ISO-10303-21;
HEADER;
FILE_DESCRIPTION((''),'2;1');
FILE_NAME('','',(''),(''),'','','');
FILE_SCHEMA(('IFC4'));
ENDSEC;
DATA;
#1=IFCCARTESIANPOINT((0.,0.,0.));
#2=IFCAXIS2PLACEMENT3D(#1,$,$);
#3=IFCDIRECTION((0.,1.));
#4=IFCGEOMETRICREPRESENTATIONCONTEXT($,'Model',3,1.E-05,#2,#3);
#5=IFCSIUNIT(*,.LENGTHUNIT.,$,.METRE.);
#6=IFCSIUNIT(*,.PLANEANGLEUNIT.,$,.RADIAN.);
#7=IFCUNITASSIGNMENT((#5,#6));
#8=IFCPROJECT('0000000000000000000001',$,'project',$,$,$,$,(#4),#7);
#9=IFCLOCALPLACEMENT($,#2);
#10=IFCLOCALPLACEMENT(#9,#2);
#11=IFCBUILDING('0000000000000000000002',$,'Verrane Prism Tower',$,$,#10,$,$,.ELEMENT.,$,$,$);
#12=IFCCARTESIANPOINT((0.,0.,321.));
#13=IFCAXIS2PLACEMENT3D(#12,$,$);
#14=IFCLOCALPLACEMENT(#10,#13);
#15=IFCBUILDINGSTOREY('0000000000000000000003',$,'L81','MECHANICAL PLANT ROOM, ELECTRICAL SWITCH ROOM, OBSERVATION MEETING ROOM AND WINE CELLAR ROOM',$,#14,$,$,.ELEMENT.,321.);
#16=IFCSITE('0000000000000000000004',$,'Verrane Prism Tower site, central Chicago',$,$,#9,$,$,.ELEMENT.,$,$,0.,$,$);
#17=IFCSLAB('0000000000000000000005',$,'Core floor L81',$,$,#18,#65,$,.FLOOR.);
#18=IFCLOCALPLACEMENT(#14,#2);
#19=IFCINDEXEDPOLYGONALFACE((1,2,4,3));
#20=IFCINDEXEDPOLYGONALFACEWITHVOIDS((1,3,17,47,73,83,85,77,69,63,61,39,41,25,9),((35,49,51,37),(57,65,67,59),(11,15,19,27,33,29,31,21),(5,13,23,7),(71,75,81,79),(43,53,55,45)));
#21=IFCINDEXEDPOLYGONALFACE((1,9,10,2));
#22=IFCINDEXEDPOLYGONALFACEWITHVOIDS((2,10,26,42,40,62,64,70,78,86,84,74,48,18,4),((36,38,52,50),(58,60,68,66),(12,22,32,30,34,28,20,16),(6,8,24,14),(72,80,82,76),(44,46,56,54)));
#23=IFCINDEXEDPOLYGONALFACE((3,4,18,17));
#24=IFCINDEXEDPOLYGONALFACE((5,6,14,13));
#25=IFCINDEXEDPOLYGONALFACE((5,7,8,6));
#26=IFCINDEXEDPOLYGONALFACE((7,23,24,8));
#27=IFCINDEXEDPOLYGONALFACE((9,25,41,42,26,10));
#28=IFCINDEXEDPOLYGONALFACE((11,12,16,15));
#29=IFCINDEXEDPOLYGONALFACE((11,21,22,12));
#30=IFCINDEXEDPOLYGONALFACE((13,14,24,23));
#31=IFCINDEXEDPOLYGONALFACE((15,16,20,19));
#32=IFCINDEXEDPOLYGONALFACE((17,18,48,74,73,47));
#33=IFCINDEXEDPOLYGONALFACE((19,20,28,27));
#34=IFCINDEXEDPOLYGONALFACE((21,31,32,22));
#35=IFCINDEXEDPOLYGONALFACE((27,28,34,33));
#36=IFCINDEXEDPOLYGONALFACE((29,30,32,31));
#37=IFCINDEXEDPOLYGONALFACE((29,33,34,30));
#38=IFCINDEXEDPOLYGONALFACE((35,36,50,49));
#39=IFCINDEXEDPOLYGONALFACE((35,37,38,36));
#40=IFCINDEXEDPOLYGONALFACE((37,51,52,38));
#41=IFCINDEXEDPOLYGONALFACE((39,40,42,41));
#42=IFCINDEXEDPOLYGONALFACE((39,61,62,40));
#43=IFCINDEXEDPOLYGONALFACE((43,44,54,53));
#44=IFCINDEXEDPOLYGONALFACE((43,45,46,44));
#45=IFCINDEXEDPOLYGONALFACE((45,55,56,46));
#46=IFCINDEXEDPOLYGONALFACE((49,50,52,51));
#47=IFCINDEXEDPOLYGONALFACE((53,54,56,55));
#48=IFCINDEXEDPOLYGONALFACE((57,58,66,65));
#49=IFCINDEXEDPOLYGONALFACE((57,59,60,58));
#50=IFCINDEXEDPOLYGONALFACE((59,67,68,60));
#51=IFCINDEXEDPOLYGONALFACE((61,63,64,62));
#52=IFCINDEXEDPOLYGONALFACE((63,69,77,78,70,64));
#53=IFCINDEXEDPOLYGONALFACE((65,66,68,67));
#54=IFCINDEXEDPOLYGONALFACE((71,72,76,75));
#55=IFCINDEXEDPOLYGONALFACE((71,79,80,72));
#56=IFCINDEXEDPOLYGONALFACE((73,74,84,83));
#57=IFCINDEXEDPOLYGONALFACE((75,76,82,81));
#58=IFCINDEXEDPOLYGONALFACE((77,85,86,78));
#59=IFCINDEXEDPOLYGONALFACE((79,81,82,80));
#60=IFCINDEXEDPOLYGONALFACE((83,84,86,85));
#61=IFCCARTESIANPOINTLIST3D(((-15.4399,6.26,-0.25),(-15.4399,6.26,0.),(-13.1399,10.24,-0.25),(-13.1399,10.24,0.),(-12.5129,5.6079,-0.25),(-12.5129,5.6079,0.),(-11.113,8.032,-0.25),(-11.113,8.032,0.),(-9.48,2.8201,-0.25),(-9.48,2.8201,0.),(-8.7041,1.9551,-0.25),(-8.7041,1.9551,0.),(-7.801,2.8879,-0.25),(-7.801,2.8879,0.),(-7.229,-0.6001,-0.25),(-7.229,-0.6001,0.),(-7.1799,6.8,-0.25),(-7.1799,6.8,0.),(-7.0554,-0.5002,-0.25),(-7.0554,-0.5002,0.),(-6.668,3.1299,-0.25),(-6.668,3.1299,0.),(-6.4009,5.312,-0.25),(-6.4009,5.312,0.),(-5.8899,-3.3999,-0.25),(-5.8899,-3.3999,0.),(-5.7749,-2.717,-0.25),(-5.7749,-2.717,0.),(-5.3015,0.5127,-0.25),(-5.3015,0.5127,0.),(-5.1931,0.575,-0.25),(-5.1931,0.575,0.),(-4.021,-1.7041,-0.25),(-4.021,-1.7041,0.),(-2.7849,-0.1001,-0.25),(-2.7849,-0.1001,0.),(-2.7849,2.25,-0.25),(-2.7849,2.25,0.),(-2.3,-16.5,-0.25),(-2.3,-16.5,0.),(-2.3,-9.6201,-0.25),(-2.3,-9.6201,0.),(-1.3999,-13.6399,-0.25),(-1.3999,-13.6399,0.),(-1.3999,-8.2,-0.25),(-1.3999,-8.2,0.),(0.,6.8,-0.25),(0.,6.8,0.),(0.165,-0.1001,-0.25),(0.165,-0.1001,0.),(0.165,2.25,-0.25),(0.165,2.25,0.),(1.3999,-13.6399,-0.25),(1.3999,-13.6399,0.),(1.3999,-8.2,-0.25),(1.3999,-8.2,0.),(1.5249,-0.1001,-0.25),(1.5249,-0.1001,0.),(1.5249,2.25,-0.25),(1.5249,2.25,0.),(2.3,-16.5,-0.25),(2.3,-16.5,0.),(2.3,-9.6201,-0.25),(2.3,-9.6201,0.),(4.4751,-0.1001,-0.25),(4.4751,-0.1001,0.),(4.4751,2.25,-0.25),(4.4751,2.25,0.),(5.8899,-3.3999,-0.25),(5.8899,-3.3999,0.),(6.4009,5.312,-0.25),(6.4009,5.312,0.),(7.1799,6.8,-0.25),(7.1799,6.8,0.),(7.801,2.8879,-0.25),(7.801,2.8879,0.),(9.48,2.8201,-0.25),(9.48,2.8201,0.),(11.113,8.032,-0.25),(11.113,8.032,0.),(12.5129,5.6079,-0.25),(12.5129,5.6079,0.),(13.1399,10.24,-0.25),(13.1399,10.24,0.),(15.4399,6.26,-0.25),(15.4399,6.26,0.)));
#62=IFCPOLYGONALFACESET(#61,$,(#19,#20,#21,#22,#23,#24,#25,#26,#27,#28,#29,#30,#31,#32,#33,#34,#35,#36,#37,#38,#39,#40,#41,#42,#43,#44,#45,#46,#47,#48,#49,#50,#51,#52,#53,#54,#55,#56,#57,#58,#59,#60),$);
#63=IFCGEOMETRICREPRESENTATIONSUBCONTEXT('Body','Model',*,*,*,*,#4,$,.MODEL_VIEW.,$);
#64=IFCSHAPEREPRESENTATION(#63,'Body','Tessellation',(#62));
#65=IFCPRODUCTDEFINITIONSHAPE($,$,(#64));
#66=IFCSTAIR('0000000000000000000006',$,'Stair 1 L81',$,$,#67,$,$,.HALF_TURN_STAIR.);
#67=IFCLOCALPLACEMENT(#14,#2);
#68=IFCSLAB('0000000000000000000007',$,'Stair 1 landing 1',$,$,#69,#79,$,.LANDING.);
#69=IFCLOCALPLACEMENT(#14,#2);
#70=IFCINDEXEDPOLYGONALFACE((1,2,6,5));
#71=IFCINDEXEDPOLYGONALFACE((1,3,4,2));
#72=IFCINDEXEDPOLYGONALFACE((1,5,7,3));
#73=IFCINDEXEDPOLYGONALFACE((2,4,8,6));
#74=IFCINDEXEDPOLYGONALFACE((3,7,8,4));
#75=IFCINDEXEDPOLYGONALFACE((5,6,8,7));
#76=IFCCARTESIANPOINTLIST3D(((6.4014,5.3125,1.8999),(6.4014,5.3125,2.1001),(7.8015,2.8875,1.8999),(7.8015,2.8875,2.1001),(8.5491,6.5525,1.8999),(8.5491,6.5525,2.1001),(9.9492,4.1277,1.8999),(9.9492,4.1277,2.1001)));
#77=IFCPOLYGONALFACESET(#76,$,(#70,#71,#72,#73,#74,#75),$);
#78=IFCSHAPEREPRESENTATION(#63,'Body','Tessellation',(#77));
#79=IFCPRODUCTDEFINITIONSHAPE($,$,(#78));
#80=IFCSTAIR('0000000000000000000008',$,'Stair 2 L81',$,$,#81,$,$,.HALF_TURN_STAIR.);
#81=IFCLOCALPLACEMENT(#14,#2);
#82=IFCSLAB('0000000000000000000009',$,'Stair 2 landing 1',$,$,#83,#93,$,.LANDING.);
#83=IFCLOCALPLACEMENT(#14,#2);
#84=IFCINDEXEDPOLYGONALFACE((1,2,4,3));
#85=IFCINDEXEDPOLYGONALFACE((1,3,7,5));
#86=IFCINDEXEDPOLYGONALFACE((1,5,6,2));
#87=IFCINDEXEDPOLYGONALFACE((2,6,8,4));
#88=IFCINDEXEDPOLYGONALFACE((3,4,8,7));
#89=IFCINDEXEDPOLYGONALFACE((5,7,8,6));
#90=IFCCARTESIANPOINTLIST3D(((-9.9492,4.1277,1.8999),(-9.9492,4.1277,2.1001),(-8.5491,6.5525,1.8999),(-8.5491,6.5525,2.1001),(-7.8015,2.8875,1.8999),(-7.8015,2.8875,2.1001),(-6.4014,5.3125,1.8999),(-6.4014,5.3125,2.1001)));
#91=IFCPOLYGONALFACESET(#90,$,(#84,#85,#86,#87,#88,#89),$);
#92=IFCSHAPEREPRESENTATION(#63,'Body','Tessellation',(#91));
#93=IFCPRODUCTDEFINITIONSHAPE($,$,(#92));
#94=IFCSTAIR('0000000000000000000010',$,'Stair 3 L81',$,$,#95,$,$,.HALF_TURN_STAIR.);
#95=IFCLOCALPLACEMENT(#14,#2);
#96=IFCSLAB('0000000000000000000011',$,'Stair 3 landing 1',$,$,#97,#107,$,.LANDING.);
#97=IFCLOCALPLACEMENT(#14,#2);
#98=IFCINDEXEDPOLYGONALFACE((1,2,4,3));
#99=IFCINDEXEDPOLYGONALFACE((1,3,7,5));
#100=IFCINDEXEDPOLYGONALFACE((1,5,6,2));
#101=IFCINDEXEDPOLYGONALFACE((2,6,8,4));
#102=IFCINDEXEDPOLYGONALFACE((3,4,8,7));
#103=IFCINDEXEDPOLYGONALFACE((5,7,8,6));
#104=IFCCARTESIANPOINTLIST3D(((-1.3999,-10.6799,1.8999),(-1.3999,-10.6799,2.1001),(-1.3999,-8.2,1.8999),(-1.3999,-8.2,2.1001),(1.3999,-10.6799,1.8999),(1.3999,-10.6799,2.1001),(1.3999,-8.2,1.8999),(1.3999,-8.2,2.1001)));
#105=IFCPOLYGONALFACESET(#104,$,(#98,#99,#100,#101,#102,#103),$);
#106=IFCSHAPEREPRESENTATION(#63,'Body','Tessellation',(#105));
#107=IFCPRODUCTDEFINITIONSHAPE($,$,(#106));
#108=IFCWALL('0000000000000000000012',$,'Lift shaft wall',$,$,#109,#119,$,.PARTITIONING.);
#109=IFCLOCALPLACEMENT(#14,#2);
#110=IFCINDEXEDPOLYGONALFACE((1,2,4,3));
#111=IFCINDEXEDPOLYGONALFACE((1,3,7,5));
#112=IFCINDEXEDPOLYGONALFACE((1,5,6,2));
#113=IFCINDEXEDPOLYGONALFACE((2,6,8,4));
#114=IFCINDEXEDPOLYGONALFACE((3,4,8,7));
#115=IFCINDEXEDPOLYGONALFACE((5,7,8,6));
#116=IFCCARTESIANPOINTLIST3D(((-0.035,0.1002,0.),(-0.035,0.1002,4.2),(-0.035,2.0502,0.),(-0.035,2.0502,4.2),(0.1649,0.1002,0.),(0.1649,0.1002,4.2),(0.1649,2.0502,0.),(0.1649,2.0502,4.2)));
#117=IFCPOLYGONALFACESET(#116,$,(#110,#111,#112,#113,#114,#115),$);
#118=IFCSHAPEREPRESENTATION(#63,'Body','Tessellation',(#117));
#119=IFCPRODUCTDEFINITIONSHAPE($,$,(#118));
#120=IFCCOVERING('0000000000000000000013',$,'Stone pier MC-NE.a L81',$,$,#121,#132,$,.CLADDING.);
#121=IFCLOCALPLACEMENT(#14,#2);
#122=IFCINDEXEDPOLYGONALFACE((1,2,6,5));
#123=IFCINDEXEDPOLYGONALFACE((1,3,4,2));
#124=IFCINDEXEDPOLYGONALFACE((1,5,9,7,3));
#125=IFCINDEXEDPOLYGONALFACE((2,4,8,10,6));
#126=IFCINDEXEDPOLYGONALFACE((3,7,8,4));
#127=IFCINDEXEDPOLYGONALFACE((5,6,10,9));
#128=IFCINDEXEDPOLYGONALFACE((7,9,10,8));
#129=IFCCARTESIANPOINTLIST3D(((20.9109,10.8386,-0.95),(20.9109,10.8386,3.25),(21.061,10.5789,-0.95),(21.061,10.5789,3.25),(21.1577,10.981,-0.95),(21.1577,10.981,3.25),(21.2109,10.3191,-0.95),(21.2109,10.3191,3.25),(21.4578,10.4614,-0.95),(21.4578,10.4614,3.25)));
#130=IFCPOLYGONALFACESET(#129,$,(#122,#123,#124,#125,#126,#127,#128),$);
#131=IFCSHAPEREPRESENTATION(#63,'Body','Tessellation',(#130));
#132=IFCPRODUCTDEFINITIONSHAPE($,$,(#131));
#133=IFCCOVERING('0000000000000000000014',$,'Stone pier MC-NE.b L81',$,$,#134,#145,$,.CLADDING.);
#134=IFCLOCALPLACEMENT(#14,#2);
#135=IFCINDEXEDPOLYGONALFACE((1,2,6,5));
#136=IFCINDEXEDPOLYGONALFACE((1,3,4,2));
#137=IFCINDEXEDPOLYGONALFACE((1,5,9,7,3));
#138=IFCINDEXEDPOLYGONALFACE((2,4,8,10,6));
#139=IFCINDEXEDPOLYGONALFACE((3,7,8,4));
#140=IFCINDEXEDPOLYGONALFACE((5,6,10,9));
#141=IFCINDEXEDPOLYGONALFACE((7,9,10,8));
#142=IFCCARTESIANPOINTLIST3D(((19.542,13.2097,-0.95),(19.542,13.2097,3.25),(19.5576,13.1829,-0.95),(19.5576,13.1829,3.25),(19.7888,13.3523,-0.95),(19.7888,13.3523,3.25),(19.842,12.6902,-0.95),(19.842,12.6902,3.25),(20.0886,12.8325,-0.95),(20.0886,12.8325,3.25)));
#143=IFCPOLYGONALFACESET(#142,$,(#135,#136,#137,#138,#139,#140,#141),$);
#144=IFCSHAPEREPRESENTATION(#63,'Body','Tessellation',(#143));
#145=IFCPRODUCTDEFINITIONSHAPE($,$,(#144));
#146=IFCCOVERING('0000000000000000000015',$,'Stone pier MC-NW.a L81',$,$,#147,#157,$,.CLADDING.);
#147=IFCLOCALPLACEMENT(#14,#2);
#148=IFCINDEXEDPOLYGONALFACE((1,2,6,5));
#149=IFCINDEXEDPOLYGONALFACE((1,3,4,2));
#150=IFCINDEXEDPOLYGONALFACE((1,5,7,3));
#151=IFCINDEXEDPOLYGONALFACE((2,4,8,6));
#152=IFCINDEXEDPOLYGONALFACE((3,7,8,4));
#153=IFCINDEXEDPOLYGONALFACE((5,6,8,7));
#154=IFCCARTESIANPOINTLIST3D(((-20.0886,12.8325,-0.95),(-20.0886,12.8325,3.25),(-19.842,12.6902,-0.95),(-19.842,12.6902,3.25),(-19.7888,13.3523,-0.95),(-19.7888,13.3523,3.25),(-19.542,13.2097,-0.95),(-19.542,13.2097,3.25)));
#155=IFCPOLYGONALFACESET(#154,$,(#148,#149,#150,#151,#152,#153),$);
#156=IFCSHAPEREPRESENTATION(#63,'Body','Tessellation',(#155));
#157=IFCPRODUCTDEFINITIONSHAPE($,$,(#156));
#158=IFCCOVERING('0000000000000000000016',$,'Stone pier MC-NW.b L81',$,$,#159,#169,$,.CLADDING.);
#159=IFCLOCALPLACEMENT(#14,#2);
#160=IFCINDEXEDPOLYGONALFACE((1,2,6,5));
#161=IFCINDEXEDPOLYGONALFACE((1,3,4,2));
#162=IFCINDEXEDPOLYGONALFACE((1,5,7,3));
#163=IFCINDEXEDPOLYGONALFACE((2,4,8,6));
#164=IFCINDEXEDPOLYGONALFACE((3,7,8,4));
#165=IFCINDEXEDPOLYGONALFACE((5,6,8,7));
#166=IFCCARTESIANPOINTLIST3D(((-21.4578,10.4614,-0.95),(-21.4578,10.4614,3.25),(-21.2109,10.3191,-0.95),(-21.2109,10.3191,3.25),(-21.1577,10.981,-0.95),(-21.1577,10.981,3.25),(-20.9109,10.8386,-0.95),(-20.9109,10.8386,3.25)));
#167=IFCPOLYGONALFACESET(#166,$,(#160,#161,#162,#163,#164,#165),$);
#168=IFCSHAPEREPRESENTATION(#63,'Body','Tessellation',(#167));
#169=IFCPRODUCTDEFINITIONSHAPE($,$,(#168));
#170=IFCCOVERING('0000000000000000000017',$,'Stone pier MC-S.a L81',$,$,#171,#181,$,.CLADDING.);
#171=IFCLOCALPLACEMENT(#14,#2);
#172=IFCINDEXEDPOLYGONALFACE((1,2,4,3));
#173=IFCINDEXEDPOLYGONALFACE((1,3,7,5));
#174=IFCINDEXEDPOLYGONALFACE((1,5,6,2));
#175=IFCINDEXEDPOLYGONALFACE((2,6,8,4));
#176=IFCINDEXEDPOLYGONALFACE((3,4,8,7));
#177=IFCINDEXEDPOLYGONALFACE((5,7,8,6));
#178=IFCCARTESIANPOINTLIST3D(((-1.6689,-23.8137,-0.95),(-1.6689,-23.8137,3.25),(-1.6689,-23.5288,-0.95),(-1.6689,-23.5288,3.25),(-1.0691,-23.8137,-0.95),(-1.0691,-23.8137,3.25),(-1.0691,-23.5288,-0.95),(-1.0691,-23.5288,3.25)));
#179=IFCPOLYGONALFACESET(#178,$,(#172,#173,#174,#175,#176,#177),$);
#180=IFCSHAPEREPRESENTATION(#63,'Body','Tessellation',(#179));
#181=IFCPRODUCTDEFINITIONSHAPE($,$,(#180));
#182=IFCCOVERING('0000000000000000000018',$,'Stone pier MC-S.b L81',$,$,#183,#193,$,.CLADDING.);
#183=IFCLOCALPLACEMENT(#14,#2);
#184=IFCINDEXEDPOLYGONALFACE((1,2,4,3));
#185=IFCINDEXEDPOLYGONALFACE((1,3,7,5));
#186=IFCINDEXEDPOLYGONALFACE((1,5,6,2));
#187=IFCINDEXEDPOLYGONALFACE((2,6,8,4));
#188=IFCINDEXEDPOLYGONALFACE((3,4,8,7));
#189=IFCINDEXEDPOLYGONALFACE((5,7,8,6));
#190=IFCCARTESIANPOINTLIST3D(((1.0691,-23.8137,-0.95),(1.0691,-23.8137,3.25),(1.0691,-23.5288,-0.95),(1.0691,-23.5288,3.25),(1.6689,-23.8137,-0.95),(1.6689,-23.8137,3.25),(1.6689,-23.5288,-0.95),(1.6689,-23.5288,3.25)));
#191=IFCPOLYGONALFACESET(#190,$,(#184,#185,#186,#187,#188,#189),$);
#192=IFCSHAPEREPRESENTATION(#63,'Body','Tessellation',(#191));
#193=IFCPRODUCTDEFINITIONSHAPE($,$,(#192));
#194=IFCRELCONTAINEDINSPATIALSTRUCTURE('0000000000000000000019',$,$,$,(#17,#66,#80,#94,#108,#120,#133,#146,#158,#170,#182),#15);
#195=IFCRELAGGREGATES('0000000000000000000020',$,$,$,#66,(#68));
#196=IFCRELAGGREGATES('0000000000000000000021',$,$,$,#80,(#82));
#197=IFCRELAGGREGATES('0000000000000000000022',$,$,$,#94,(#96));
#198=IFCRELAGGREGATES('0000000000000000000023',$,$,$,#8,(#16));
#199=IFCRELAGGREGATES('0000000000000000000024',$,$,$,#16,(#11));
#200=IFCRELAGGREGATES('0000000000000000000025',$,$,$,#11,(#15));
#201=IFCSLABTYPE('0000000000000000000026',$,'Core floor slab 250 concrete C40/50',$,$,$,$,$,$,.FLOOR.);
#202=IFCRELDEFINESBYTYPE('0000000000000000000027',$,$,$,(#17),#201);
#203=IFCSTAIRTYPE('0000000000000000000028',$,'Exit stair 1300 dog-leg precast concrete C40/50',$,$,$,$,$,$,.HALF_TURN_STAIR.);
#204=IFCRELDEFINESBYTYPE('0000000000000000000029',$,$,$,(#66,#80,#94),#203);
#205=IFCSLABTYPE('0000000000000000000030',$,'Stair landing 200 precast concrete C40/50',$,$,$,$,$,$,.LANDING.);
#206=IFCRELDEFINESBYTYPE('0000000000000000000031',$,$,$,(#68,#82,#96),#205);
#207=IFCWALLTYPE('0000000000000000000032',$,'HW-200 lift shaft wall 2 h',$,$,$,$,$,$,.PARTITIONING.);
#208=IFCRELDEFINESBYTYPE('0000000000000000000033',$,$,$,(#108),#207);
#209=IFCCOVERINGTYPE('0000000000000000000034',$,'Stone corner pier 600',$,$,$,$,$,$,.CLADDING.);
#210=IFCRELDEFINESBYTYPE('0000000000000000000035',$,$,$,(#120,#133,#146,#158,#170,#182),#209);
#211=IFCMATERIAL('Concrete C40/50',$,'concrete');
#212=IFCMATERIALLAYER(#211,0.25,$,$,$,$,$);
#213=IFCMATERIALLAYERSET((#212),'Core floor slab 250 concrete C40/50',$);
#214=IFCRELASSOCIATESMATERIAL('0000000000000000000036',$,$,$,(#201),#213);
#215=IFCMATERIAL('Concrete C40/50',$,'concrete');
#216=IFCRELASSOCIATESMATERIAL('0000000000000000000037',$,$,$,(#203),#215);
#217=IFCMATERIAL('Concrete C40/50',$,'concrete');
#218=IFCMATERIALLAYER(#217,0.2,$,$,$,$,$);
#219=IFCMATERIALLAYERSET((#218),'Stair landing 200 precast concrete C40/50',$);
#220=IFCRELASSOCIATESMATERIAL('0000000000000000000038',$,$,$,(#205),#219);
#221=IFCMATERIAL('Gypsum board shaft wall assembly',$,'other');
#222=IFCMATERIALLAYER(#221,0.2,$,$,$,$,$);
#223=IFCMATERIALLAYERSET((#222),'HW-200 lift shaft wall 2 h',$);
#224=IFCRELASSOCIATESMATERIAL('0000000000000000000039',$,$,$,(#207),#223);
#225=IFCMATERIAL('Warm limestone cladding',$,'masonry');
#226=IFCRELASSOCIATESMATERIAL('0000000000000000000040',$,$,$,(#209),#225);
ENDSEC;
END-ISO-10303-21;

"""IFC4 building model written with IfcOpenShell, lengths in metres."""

from ifc_helpers import new_model, si_unit, direction, frame, frame_2d, origin, place, context, subcontext, project, spatial, polyline, rectangle, outline, extrude, material, layer, layer_set, type_object, element, aggregate, save


model = new_model("IFC4")

# Units and contexts
model_context = context("Model", 3, precision=1e-05, world=origin(), true_north=direction((0.0, 1.0)))
body_context = subcontext(model_context, "Body", "Model", "MODEL_VIEW")
ifc_project = project(units=[si_unit("LENGTHUNIT", "METRE"), si_unit("PLANEANGLEUNIT", "RADIAN")], contexts=[model_context])

# Site, building, storey
site_placement = place(None, origin())
site = spatial("IfcSite", under=ifc_project, at=site_placement, Name="Verrane Prism Tower site, central Chicago", CompositionType="ELEMENT", RefElevation=0.0)
building_placement = place(site_placement, origin())
building = spatial("IfcBuilding", under=site, at=building_placement, Name="Verrane Prism Tower", CompositionType="ELEMENT")
storey_placement = place(building_placement, frame((0.0, 0.0, 321.0)))
storey = spatial("IfcBuildingStorey", under=building, at=storey_placement, Name="L81", Description="MECHANICAL PLANT ROOM, ELECTRICAL SWITCH ROOM, OBSERVATION MEETING ROOM AND WINE CELLAR ROOM", CompositionType="ELEMENT", Elevation=321.0)

# Slab
ifc_material_1 = material(Name="Concrete C40/50", Category="concrete")
ifc_layer_1 = layer(ifc_material_1, 0.25)
ifc_layer_set_1 = layer_set([ifc_layer_1], Name="Core floor slab 250 concrete C40/50")
slab_type_1 = type_object("IfcSlabType", Name="Core floor slab 250 concrete C40/50", PredefinedType="FLOOR", material=ifc_layer_set_1)
slab_1_placement = place(storey_placement, frame((0.0, 0.0, -0.25)))
element("IfcSlab", 1, at=slab_1_placement, inside=storey, type_object=slab_type_1, Name="Core floor L81", PredefinedType="FLOOR", context=body_context, shape_type="SweptSolid", body=[
    extrude(outline(polyline([(9.48, 2.8201), (15.4399, 6.26), (13.1399, 10.24), (7.1799, 6.8), (0.0, 6.8), (-7.1799, 6.8), (-13.1399, 10.24), (-15.4399, 6.26), (-9.48, 2.8201), (-5.8899, -3.3999), (-2.3, -9.6201), (-2.3, -16.5), (2.3, -16.5), (2.3, -9.6201), (5.8899, -3.3999), (9.48, 2.8201)]), holes=[polyline([(-1.3999, -8.2), (1.3999, -8.2), (1.3999, -13.6399), (-1.3999, -13.6399), (-1.3999, -8.2)]), polyline([(0.165, 2.25), (0.165, -0.1001), (-2.7849, -0.1001), (-2.7849, 2.25), (0.165, 2.25)]), polyline([(4.4751, 2.25), (4.4751, -0.1001), (1.5249, -0.1001), (1.5249, 2.25), (4.4751, 2.25)]), polyline([(-6.4009, 5.312), (-7.801, 2.8879), (-12.5129, 5.6079), (-11.113, 8.032), (-6.4009, 5.312)]), polyline([(7.801, 2.8879), (6.4009, 5.312), (11.113, 8.032), (12.5129, 5.6079), (7.801, 2.8879)]), polyline([(-4.021, -1.7041), (-5.7749, -2.717), (-7.0554, -0.5002), (-7.229, -0.6001), (-8.7041, 1.9551), (-6.668, 3.1299), (-5.1931, 0.575), (-5.3015, 0.5127), (-4.021, -1.7041)])]), origin(), (0.0, 0.0, 1.0), 0.25),
])

# Stairs, slabs
ifc_material_2 = material(Name="Concrete C40/50", Category="concrete")
stair_type = type_object("IfcStairType", Name="Exit stair 1300 dog-leg precast concrete C40/50", PredefinedType="HALF_TURN_STAIR", material=ifc_material_2)
stair_1_placement = place(storey_placement, origin())
stair_1 = element("IfcStair", 2, at=stair_1_placement, inside=storey, type_object=stair_type, Name="Stair 1 L81", PredefinedType="HALF_TURN_STAIR")
ifc_material_3 = material(Name="Concrete C40/50", Category="concrete")
ifc_layer_2 = layer(ifc_material_3, 0.2)
ifc_layer_set_2 = layer_set([ifc_layer_2], Name="Stair landing 200 precast concrete C40/50")
slab_type_2 = type_object("IfcSlabType", Name="Stair landing 200 precast concrete C40/50", PredefinedType="LANDING", material=ifc_layer_set_2)
slab_2_placement = place(storey_placement, frame((0.0, 0.0, 1.8999)))
slab_2 = element("IfcSlab", 3, at=slab_2_placement, type_object=slab_type_2, Name="Stair 1 landing 1", PredefinedType="LANDING", context=body_context, shape_type="SweptSolid", body=[
    extrude(outline(polyline([(8.5491, 6.5525), (6.4014, 5.3125), (7.8015, 2.8875), (9.9492, 4.1277), (8.5491, 6.5525)])), origin(), (0.0, 0.0, 1.0), 0.2002),
])
aggregate(stair_1, [slab_2])
stair_2_placement = place(storey_placement, origin())
stair_2 = element("IfcStair", 4, at=stair_2_placement, inside=storey, type_object=stair_type, Name="Stair 2 L81", PredefinedType="HALF_TURN_STAIR")
slab_3_placement = place(storey_placement, frame((0.0, 0.0, 1.8999)))
slab_3 = element("IfcSlab", 5, at=slab_3_placement, type_object=slab_type_2, Name="Stair 2 landing 1", PredefinedType="LANDING", context=body_context, shape_type="SweptSolid", body=[
    extrude(outline(polyline([(-9.9492, 4.1277), (-7.8015, 2.8875), (-6.4014, 5.3125), (-8.5491, 6.5525), (-9.9492, 4.1277)])), origin(), (0.0, 0.0, 1.0), 0.2002),
])
aggregate(stair_2, [slab_3])
stair_3_placement = place(storey_placement, origin())
stair_3 = element("IfcStair", 6, at=stair_3_placement, inside=storey, type_object=stair_type, Name="Stair 3 L81", PredefinedType="HALF_TURN_STAIR")
slab_4_placement = place(storey_placement, frame((0.0, 0.0, 1.8999)))
slab_4 = element("IfcSlab", 7, at=slab_4_placement, type_object=slab_type_2, Name="Stair 3 landing 1", PredefinedType="LANDING", context=body_context, shape_type="SweptSolid", body=[
    extrude(outline(polyline([(1.3999, -10.6799), (1.3999, -8.2), (-1.3999, -8.2), (-1.3999, -10.6799), (1.3999, -10.6799)])), origin(), (0.0, 0.0, 1.0), 0.2002),
])
aggregate(stair_3, [slab_4])

# Wall
ifc_material_4 = material(Name="Gypsum board shaft wall assembly", Category="other")
ifc_layer_3 = layer(ifc_material_4, 0.2)
ifc_layer_set_3 = layer_set([ifc_layer_3], Name="HW-200 lift shaft wall 2 h")
wall_type = type_object("IfcWallType", Name="HW-200 lift shaft wall 2 h", PredefinedType="PARTITIONING", material=ifc_layer_set_3)
wall_placement = place(storey_placement, frame((0.0649, 0.1001, 0.0), z_axis=(0.0, 0.0, 1.0), x_axis=(0.0, 1.0, 0.0)))
element("IfcWall", 8, at=wall_placement, inside=storey, type_object=wall_type, Name="Lift shaft wall", PredefinedType="PARTITIONING", context=body_context, shape_type="SweptSolid", body=[
    extrude(rectangle(XDim=1.95, YDim=0.2, at=frame_2d((0.9751, 0.0))), origin(), (0.0, 0.0, 1.0), 4.2),
])

# Coverings
ifc_material_5 = material(Name="Warm limestone cladding", Category="masonry")
covering_type_1 = type_object("IfcCoveringType", Name="Stone corner pier 600", PredefinedType="CLADDING", material=ifc_material_5)
covering_1_placement = place(storey_placement, frame((0.0, 0.0, -0.95)))
element("IfcCovering", 9, at=covering_1_placement, inside=storey, type_object=covering_type_1, Name="Stone pier MC-NE.a L81", PredefinedType="CLADDING", context=body_context, shape_type="SweptSolid", body=[
    extrude(outline(polyline([(20.9109, 10.8386), (21.061, 10.5789), (21.2109, 10.3191), (21.4578, 10.4614), (21.1577, 10.981), (20.9109, 10.8386)])), origin(), (0.0, 0.0, 1.0), 4.2),
])
covering_2_placement = place(storey_placement, frame((0.0, 0.0, -0.95)))
element("IfcCovering", 10, at=covering_2_placement, inside=storey, type_object=covering_type_1, Name="Stone pier MC-NE.b L81", PredefinedType="CLADDING", context=body_context, shape_type="SweptSolid", body=[
    extrude(outline(polyline([(19.542, 13.2097), (19.5576, 13.1829), (19.842, 12.6902), (20.0886, 12.8325), (19.7888, 13.3523), (19.542, 13.2097)])), origin(), (0.0, 0.0, 1.0), 4.2),
])
covering_3_placement = place(storey_placement, frame((0.0, 0.0, -0.95)))
element("IfcCovering", 11, at=covering_3_placement, inside=storey, type_object=covering_type_1, Name="Stone pier MC-NW.a L81", PredefinedType="CLADDING", context=body_context, shape_type="SweptSolid", body=[
    extrude(outline(polyline([(-19.842, 12.6902), (-19.542, 13.2097), (-19.7888, 13.3523), (-20.0886, 12.8325), (-19.842, 12.6902)])), origin(), (0.0, 0.0, 1.0), 4.2),
])
covering_4_placement = place(storey_placement, frame((0.0, 0.0, -0.95)))
element("IfcCovering", 12, at=covering_4_placement, inside=storey, type_object=covering_type_1, Name="Stone pier MC-NW.b L81", PredefinedType="CLADDING", context=body_context, shape_type="SweptSolid", body=[
    extrude(outline(polyline([(-21.2109, 10.3191), (-20.9109, 10.8386), (-21.1577, 10.981), (-21.4578, 10.4614), (-21.2109, 10.3191)])), origin(), (0.0, 0.0, 1.0), 4.2),
])
covering_5_placement = place(storey_placement, frame((0.0, 0.0, -0.95)))
element("IfcCovering", 13, at=covering_5_placement, inside=storey, type_object=covering_type_1, Name="Stone pier MC-S.a L81", PredefinedType="CLADDING", context=body_context, shape_type="SweptSolid", body=[
    extrude(outline(polyline([(-1.0691, -23.5288), (-1.6689, -23.5288), (-1.6689, -23.8137), (-1.0691, -23.8137), (-1.0691, -23.5288)])), origin(), (0.0, 0.0, 1.0), 4.2),
])
covering_6_placement = place(storey_placement, frame((0.0, 0.0, -0.95)))
element("IfcCovering", 14, at=covering_6_placement, inside=storey, type_object=covering_type_1, Name="Stone pier MC-S.b L81", PredefinedType="CLADDING", context=body_context, shape_type="SweptSolid", body=[
    extrude(outline(polyline([(1.6689, -23.5288), (1.0691, -23.5288), (1.0691, -23.8137), (1.6689, -23.8137), (1.6689, -23.5288)])), origin(), (0.0, 0.0, 1.0), 4.2),
])

save(model, "model.ifc")
